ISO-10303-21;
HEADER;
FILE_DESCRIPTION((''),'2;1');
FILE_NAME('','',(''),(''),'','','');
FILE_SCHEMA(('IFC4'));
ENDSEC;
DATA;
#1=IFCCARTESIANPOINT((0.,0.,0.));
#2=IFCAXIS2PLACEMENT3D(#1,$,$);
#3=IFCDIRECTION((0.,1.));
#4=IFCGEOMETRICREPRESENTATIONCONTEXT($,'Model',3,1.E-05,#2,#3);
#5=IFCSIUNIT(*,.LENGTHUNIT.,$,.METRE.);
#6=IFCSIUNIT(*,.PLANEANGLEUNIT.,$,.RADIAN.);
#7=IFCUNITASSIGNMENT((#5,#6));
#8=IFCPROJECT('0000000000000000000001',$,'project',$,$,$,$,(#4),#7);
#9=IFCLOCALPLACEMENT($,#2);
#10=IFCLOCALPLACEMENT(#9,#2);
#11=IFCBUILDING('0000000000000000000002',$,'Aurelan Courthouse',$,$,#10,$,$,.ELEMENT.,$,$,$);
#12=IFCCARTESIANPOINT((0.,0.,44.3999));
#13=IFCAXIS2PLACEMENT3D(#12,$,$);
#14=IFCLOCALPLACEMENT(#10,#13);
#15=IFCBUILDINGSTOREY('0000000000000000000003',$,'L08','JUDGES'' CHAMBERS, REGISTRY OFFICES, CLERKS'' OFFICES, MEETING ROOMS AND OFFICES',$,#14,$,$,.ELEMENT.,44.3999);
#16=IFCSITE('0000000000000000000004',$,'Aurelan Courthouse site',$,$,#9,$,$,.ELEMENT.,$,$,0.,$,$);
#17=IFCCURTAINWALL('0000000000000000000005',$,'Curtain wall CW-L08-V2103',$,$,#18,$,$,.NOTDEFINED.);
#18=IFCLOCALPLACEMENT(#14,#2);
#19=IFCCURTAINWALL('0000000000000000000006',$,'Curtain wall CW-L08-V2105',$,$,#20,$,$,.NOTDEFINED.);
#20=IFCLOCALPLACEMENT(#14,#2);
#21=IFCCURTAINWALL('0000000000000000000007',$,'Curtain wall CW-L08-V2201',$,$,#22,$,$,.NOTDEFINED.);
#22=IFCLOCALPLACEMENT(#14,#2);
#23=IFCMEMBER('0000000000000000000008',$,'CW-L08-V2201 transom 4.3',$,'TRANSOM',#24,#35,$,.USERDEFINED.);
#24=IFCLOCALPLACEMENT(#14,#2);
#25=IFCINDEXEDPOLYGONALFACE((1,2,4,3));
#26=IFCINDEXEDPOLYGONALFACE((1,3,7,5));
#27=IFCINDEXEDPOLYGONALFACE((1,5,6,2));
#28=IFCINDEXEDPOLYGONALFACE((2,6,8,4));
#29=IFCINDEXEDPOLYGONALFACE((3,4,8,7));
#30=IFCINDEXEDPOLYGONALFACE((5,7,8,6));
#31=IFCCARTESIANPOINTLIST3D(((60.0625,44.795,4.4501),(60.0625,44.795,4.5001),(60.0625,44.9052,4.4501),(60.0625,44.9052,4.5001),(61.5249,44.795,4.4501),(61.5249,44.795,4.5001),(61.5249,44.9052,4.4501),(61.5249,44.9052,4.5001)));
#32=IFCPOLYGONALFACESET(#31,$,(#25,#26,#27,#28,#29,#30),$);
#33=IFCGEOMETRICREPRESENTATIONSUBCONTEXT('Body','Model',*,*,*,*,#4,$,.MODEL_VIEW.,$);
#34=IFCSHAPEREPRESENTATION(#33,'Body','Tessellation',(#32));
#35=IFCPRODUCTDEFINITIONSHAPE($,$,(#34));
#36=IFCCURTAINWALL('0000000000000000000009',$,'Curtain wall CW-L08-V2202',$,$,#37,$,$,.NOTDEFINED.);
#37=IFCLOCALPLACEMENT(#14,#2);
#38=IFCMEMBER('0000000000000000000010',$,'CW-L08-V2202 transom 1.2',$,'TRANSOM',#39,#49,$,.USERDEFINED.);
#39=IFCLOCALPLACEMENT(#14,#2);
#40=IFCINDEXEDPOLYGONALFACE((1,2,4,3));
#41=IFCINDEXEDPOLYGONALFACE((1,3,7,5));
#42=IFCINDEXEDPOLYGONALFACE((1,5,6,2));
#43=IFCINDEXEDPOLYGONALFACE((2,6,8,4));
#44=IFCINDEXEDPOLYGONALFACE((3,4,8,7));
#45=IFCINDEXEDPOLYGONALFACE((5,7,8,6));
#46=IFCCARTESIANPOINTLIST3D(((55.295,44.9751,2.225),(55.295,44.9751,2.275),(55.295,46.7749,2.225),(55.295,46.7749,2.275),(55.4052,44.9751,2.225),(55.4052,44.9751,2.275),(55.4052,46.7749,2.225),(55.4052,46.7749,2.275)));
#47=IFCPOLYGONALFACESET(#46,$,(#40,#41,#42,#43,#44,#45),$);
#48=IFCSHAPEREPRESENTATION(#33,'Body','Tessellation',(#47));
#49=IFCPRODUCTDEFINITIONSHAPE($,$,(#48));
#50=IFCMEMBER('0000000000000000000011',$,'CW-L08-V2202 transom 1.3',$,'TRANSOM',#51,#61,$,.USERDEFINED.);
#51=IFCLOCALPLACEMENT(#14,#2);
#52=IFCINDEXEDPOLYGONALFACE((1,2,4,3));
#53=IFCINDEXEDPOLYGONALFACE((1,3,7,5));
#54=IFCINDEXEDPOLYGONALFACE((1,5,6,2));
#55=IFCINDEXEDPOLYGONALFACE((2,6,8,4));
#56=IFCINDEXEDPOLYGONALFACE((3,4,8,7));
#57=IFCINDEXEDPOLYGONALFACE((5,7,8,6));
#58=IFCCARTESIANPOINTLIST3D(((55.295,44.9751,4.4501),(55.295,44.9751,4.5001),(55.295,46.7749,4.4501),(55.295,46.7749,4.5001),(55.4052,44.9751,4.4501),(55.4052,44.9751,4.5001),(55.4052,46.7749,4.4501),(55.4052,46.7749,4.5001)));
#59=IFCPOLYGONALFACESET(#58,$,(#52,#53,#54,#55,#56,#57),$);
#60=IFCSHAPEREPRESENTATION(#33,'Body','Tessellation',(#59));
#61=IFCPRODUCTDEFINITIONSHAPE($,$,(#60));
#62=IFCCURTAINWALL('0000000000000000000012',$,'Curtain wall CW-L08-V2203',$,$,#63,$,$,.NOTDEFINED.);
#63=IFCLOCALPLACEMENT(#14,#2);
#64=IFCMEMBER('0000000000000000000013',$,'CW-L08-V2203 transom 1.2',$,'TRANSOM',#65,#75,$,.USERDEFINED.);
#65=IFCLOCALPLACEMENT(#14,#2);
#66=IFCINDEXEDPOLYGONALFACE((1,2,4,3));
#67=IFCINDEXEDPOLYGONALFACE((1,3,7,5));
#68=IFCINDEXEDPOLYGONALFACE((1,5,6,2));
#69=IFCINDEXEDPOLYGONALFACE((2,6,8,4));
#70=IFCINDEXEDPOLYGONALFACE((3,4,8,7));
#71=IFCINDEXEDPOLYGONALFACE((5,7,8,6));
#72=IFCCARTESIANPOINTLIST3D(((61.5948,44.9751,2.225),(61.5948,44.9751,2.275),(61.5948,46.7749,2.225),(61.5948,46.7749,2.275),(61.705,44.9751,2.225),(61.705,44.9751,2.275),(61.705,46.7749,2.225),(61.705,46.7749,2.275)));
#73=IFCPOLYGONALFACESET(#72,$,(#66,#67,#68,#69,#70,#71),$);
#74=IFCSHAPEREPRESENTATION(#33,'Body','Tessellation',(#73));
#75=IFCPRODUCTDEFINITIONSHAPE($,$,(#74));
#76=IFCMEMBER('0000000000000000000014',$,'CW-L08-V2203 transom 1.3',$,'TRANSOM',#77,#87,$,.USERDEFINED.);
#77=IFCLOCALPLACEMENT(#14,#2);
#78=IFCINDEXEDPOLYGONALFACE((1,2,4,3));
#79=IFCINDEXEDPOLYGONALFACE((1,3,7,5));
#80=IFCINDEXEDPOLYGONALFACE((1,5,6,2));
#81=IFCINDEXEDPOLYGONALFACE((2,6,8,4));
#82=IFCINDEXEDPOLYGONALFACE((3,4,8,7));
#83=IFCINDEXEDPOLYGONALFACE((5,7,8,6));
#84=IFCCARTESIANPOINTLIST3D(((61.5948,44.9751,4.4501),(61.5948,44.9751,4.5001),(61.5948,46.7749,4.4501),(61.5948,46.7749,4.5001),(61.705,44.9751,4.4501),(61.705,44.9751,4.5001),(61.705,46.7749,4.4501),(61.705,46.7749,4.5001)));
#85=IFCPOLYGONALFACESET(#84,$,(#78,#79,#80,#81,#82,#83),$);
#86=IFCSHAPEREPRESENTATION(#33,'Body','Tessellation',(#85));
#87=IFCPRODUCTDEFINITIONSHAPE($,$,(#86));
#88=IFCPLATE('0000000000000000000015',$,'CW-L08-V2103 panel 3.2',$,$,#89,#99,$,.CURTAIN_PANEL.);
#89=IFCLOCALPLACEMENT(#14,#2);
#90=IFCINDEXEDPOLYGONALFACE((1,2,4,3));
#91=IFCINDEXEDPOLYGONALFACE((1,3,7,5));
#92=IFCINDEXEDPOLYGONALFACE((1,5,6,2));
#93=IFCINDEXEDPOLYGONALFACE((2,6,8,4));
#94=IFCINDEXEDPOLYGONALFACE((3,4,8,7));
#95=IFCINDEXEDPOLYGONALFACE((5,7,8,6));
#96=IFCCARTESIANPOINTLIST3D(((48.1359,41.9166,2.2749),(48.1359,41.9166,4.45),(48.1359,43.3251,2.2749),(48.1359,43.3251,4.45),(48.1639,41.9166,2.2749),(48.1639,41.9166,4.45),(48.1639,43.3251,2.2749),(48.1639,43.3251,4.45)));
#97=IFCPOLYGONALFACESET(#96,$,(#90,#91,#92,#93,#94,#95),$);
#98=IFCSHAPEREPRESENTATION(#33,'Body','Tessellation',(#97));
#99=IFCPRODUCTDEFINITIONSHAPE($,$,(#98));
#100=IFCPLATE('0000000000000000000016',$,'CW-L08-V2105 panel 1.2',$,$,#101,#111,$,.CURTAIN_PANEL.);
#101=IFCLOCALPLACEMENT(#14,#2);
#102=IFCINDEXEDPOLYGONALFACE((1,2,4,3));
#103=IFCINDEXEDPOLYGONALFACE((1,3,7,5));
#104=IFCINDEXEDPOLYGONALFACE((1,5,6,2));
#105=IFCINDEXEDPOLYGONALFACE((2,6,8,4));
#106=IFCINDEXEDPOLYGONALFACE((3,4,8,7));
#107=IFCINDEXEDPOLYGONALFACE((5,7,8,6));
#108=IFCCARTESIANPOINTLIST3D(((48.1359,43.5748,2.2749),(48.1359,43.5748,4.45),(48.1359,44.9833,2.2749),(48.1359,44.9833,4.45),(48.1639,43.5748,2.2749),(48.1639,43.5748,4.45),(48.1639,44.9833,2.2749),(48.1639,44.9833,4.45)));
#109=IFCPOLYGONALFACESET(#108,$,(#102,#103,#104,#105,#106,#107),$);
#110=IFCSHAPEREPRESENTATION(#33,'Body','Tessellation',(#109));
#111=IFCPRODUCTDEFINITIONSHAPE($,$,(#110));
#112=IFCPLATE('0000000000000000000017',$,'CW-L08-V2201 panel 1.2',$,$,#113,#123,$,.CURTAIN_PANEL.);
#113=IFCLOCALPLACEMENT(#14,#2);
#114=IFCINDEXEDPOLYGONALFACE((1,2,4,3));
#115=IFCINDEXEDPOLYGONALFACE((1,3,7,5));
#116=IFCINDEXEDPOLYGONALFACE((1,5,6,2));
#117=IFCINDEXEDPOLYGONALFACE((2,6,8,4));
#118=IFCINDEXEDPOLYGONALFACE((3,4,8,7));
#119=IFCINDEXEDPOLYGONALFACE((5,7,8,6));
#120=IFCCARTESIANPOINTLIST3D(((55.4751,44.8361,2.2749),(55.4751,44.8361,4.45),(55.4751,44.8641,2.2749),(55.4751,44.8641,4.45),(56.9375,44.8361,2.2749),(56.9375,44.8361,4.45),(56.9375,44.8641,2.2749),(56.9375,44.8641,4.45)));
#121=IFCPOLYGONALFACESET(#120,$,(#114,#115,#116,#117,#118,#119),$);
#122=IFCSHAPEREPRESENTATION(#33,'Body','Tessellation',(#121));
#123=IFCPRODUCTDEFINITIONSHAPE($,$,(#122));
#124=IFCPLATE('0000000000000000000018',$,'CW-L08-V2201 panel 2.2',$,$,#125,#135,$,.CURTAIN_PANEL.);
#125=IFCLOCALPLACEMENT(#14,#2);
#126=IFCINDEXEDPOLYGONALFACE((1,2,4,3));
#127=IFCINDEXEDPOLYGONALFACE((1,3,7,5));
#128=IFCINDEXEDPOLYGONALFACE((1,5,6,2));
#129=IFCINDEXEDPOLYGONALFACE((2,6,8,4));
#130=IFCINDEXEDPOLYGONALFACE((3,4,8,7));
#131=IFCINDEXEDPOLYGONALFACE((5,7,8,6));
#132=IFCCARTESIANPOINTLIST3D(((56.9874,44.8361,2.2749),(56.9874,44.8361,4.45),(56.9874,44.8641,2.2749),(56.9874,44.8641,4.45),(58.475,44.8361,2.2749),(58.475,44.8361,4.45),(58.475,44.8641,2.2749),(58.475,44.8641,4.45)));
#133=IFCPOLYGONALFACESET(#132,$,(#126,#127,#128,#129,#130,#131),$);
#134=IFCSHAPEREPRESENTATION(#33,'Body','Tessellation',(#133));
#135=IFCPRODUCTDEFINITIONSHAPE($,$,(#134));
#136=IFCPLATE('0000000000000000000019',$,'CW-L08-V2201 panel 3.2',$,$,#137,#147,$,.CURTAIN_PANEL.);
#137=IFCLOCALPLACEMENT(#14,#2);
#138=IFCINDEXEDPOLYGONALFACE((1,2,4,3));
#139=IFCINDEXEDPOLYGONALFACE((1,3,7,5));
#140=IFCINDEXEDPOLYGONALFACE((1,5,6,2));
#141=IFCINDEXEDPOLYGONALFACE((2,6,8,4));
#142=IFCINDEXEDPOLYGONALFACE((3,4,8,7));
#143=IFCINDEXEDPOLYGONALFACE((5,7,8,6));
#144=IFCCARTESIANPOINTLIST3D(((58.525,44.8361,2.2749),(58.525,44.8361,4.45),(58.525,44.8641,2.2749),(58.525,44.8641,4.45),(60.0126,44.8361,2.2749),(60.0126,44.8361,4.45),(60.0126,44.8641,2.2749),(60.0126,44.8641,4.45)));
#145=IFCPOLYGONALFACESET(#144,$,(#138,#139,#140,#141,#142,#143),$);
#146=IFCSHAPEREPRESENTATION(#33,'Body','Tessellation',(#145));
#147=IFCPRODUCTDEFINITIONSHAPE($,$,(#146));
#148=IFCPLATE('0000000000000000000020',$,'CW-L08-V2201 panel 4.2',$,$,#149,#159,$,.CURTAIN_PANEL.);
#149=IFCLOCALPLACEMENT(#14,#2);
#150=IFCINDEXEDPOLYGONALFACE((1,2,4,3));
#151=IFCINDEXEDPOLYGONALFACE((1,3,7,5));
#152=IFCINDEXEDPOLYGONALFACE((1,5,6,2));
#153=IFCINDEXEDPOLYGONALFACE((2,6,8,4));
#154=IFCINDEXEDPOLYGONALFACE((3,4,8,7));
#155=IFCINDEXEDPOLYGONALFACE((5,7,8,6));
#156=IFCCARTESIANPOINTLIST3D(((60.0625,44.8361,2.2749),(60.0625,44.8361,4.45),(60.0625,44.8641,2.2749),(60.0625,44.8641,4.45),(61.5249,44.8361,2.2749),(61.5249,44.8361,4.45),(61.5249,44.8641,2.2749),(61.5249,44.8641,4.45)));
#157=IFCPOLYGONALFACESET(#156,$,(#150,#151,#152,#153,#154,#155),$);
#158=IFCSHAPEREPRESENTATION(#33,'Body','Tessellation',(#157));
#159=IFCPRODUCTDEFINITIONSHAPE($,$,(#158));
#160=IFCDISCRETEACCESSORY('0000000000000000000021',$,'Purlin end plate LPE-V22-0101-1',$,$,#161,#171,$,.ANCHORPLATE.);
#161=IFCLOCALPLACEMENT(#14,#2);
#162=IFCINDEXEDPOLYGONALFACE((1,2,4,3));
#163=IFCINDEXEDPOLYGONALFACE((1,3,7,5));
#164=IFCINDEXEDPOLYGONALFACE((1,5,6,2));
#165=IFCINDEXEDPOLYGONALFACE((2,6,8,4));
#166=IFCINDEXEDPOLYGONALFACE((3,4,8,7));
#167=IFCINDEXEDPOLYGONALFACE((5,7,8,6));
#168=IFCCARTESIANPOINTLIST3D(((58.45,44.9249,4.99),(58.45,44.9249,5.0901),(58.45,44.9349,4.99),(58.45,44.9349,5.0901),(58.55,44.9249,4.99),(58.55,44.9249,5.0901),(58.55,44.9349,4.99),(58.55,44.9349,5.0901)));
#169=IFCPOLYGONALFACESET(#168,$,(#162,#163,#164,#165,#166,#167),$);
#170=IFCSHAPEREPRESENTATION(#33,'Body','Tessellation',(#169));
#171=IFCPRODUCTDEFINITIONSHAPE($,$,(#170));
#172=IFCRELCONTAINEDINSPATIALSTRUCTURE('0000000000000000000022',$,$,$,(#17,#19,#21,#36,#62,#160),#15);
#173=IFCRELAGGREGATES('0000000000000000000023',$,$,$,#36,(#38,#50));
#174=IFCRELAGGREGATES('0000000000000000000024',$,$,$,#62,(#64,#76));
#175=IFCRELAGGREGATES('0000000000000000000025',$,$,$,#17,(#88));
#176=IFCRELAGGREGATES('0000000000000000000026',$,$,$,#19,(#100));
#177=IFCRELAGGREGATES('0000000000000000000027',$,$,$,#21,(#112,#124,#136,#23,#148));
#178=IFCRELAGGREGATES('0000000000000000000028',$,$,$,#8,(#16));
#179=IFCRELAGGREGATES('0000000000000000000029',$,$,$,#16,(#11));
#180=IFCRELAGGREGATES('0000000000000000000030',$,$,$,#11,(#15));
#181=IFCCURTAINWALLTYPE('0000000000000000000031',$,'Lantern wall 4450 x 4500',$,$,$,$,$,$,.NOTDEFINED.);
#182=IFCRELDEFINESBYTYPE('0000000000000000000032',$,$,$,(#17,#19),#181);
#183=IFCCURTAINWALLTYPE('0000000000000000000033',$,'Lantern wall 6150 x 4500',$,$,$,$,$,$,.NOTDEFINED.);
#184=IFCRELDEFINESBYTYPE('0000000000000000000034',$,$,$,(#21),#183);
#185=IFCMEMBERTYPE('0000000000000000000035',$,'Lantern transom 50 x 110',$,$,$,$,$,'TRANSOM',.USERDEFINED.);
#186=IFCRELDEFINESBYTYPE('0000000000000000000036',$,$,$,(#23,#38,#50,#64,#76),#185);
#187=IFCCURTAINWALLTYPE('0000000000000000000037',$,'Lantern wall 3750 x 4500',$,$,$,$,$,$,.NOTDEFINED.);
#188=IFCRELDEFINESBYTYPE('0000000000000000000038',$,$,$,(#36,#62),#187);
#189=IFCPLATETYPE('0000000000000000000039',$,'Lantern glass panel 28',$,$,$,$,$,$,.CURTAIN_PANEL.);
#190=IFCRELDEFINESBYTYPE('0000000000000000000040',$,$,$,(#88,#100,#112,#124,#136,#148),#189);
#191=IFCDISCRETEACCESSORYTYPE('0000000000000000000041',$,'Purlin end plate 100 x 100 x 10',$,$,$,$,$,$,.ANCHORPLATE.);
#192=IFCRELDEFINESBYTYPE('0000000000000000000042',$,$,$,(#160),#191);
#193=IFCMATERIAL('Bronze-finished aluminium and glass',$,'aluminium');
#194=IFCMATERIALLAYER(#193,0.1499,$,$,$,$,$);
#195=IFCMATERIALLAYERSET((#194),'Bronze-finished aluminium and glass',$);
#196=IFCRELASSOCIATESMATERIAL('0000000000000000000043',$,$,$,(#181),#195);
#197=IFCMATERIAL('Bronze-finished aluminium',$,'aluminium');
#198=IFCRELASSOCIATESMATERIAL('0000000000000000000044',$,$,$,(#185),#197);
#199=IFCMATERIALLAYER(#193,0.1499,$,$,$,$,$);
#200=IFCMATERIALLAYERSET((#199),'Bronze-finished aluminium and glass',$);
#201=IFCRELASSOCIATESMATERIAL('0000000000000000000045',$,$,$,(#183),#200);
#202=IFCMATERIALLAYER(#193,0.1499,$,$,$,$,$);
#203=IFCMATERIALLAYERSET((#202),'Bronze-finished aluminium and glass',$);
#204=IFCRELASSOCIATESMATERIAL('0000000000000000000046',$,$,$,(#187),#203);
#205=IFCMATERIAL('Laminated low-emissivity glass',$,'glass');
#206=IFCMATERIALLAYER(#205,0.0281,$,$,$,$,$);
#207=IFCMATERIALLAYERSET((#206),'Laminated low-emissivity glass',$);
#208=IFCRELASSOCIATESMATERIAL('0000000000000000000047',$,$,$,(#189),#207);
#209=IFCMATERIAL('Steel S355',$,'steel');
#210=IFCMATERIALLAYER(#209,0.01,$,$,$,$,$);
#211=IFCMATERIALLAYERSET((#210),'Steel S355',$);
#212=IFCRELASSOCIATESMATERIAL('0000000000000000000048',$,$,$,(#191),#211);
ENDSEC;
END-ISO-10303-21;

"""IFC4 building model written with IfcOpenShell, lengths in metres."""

from ifc_helpers import new_model, si_unit, direction, frame, origin, origin_2d, place, context, subcontext, project, spatial, rectangle, extrude, material, layer, layer_set, material_profile, profile_set, type_object, element, aggregate, save


model = new_model("IFC4")

# Units and contexts
model_context = context("Model", 3, precision=1e-05, world=origin(), true_north=direction((0.0, 1.0)))
body_context = subcontext(model_context, "Body", "Model", "MODEL_VIEW")
ifc_project = project(units=[si_unit("LENGTHUNIT", "METRE"), si_unit("PLANEANGLEUNIT", "RADIAN")], contexts=[model_context])

# Site, building, storey
site_placement = place(None, origin())
site = spatial("IfcSite", under=ifc_project, at=site_placement, Name="Aurelan Courthouse site", CompositionType="ELEMENT", RefElevation=0.0)
building_placement = place(site_placement, origin())
building = spatial("IfcBuilding", under=site, at=building_placement, Name="Aurelan Courthouse", CompositionType="ELEMENT")
storey_placement = place(building_placement, frame((0.0, 0.0, 44.3999)))
storey = spatial("IfcBuildingStorey", under=building, at=storey_placement, Name="L08", Description="JUDGES' CHAMBERS, REGISTRY OFFICES, CLERKS' OFFICES, MEETING ROOMS AND OFFICES", CompositionType="ELEMENT", Elevation=44.3999)

# Shared definitions
ifc_material_1 = material(Name="Steel S355", Category="steel")

# Curtain walls, members
ifc_material_2 = material(Name="Bronze-finished aluminium and glass", Category="aluminium")
ifc_layer_1 = layer(ifc_material_2, 0.1499)
ifc_layer_set_1 = layer_set([ifc_layer_1], Name="Bronze-finished aluminium and glass")
curtain_wall_type_1 = type_object("IfcCurtainWallType", Name="Lantern wall 4450 x 4500", PredefinedType="NOTDEFINED", material=ifc_layer_set_1)
curtain_wall_1_placement = place(storey_placement, origin())
curtain_wall_1 = element("IfcCurtainWall", 1, at=curtain_wall_1_placement, inside=storey, type_object=curtain_wall_type_1, Name="Curtain wall CW-L08-V2103", PredefinedType="NOTDEFINED")
ifc_material_3 = material(Name="Bronze-finished aluminium", Category="aluminium")
ifc_material_profile_1 = material_profile(ifc_material_3, rectangle(XDim=0.1101, YDim=0.05, at=origin_2d()), Name="Lantern transom 50 x 110")
ifc_profile_set_1 = profile_set([ifc_material_profile_1], Name="Bronze-finished aluminium")
member_type_1 = type_object("IfcMemberType", Name="Lantern transom 50 x 110", ElementType="TRANSOM", PredefinedType="USERDEFINED", material=ifc_profile_set_1)
curtain_wall_2_placement = place(storey_placement, origin())
curtain_wall_2 = element("IfcCurtainWall", 2, at=curtain_wall_2_placement, inside=storey, type_object=curtain_wall_type_1, Name="Curtain wall CW-L08-V2105", PredefinedType="NOTDEFINED")
ifc_layer_2 = layer(ifc_material_2, 0.1499)
ifc_layer_set_2 = layer_set([ifc_layer_2], Name="Bronze-finished aluminium and glass")
curtain_wall_type_2 = type_object("IfcCurtainWallType", Name="Lantern wall 6150 x 4500", PredefinedType="NOTDEFINED", material=ifc_layer_set_2)
curtain_wall_3_placement = place(storey_placement, origin())
curtain_wall_3 = element("IfcCurtainWall", 3, at=curtain_wall_3_placement, inside=storey, type_object=curtain_wall_type_2, Name="Curtain wall CW-L08-V2201", PredefinedType="NOTDEFINED")
member_1_placement = place(storey_placement, frame((60.0625, 44.8501, 4.4751), z_axis=(1.0, 0.0, 0.0), x_axis=(0.0, 1.0, 0.0)))
member_1 = element("IfcMember", 4, at=member_1_placement, type_object=member_type_1, Name="CW-L08-V2201 transom 4.3", ObjectType="TRANSOM", PredefinedType="USERDEFINED", context=body_context, shape_type="SweptSolid", body=[
    extrude(rectangle(XDim=0.1101, YDim=0.05, at=origin_2d()), origin(), (0.0, 0.0, 1.0), 1.4624),
])
ifc_layer_3 = layer(ifc_material_2, 0.1499)
ifc_layer_set_3 = layer_set([ifc_layer_3], Name="Bronze-finished aluminium and glass")
curtain_wall_type_3 = type_object("IfcCurtainWallType", Name="Lantern wall 3750 x 4500", PredefinedType="NOTDEFINED", material=ifc_layer_set_3)
curtain_wall_4_placement = place(storey_placement, origin())
curtain_wall_4 = element("IfcCurtainWall", 5, at=curtain_wall_4_placement, inside=storey, type_object=curtain_wall_type_3, Name="Curtain wall CW-L08-V2202", PredefinedType="NOTDEFINED")
member_2_placement = place(storey_placement, frame((55.3501, 44.9751, 2.25), z_axis=(0.0, 1.0, 0.0), x_axis=(-1.0, 0.0, 0.0)))
member_2 = element("IfcMember", 6, at=member_2_placement, type_object=member_type_1, Name="CW-L08-V2202 transom 1.2", ObjectType="TRANSOM", PredefinedType="USERDEFINED", context=body_context, shape_type="SweptSolid", body=[
    extrude(rectangle(XDim=0.1101, YDim=0.05, at=origin_2d()), origin(), (0.0, 0.0, 1.0), 1.7998),
])
member_3_placement = place(storey_placement, frame((55.3501, 44.9751, 4.4751), z_axis=(0.0, 1.0, 0.0), x_axis=(-1.0, 0.0, 0.0)))
member_3 = element("IfcMember", 7, at=member_3_placement, type_object=member_type_1, Name="CW-L08-V2202 transom 1.3", ObjectType="TRANSOM", PredefinedType="USERDEFINED", context=body_context, shape_type="SweptSolid", body=[
    extrude(rectangle(XDim=0.1101, YDim=0.05, at=origin_2d()), origin(), (0.0, 0.0, 1.0), 1.7998),
])
aggregate(curtain_wall_4, [member_2, member_3])
curtain_wall_5_placement = place(storey_placement, origin())
curtain_wall_5 = element("IfcCurtainWall", 8, at=curtain_wall_5_placement, inside=storey, type_object=curtain_wall_type_3, Name="Curtain wall CW-L08-V2203", PredefinedType="NOTDEFINED")
member_4_placement = place(storey_placement, frame((61.6499, 44.9751, 2.25), z_axis=(0.0, 1.0, 0.0), x_axis=(-1.0, 0.0, 0.0)))
member_4 = element("IfcMember", 9, at=member_4_placement, type_object=member_type_1, Name="CW-L08-V2203 transom 1.2", ObjectType="TRANSOM", PredefinedType="USERDEFINED", context=body_context, shape_type="SweptSolid", body=[
    extrude(rectangle(XDim=0.1101, YDim=0.05, at=origin_2d()), origin(), (0.0, 0.0, 1.0), 1.7998),
])
member_5_placement = place(storey_placement, frame((61.6499, 44.9751, 4.4751), z_axis=(0.0, 1.0, 0.0), x_axis=(-1.0, 0.0, 0.0)))
member_5 = element("IfcMember", 10, at=member_5_placement, type_object=member_type_1, Name="CW-L08-V2203 transom 1.3", ObjectType="TRANSOM", PredefinedType="USERDEFINED", context=body_context, shape_type="SweptSolid", body=[
    extrude(rectangle(XDim=0.1101, YDim=0.05, at=origin_2d()), origin(), (0.0, 0.0, 1.0), 1.7998),
])
aggregate(curtain_wall_5, [member_4, member_5])

# Plates
ifc_material_4 = material(Name="Laminated low-emissivity glass", Category="glass")
ifc_layer_4 = layer(ifc_material_4, 0.0281)
ifc_layer_set_4 = layer_set([ifc_layer_4], Name="Laminated low-emissivity glass")
plate_type = type_object("IfcPlateType", Name="Lantern glass panel 28", PredefinedType="CURTAIN_PANEL", material=ifc_layer_set_4)
plate_1_placement = place(storey_placement, frame((48.1499, 42.6208, 2.2749), z_axis=(0.0, 0.0, 1.0), x_axis=(0.0, 1.0, 0.0)))
plate_1 = element("IfcPlate", 11, at=plate_1_placement, type_object=plate_type, Name="CW-L08-V2103 panel 3.2", PredefinedType="CURTAIN_PANEL", context=body_context, shape_type="SweptSolid", body=[
    extrude(rectangle(XDim=1.4084, YDim=0.0281, at=origin_2d()), origin(), (0.0, 0.0, 1.0), 2.175),
])
aggregate(curtain_wall_1, [plate_1])
plate_2_placement = place(storey_placement, frame((48.1499, 44.2791, 2.2749), z_axis=(0.0, 0.0, 1.0), x_axis=(0.0, 1.0, 0.0)))
plate_2 = element("IfcPlate", 12, at=plate_2_placement, type_object=plate_type, Name="CW-L08-V2105 panel 1.2", PredefinedType="CURTAIN_PANEL", context=body_context, shape_type="SweptSolid", body=[
    extrude(rectangle(XDim=1.4084, YDim=0.0281, at=origin_2d()), origin(), (0.0, 0.0, 1.0), 2.175),
])
aggregate(curtain_wall_2, [plate_2])
plate_3_placement = place(storey_placement, frame((56.2063, 44.8501, 2.2749), z_axis=(0.0, 0.0, 1.0), x_axis=(1.0, 0.0, 0.0)))
plate_3 = element("IfcPlate", 13, at=plate_3_placement, type_object=plate_type, Name="CW-L08-V2201 panel 1.2", PredefinedType="CURTAIN_PANEL", context=body_context, shape_type="SweptSolid", body=[
    extrude(rectangle(XDim=1.4624, YDim=0.0281, at=origin_2d()), origin(), (0.0, 0.0, 1.0), 2.175),
])
plate_4_placement = place(storey_placement, frame((57.7312, 44.8501, 2.2749), z_axis=(0.0, 0.0, 1.0), x_axis=(1.0, 0.0, 0.0)))
plate_4 = element("IfcPlate", 14, at=plate_4_placement, type_object=plate_type, Name="CW-L08-V2201 panel 2.2", PredefinedType="CURTAIN_PANEL", context=body_context, shape_type="SweptSolid", body=[
    extrude(rectangle(XDim=1.4875, YDim=0.0281, at=origin_2d()), origin(), (0.0, 0.0, 1.0), 2.175),
])
plate_5_placement = place(storey_placement, frame((59.2688, 44.8501, 2.2749), z_axis=(0.0, 0.0, 1.0), x_axis=(1.0, 0.0, 0.0)))
plate_5 = element("IfcPlate", 15, at=plate_5_placement, type_object=plate_type, Name="CW-L08-V2201 panel 3.2", PredefinedType="CURTAIN_PANEL", context=body_context, shape_type="SweptSolid", body=[
    extrude(rectangle(XDim=1.4875, YDim=0.0281, at=origin_2d()), origin(), (0.0, 0.0, 1.0), 2.175),
])
plate_6_placement = place(storey_placement, frame((60.7937, 44.8501, 2.2749), z_axis=(0.0, 0.0, 1.0), x_axis=(1.0, 0.0, 0.0)))
plate_6 = element("IfcPlate", 16, at=plate_6_placement, type_object=plate_type, Name="CW-L08-V2201 panel 4.2", PredefinedType="CURTAIN_PANEL", context=body_context, shape_type="SweptSolid", body=[
    extrude(rectangle(XDim=1.4624, YDim=0.0281, at=origin_2d()), origin(), (0.0, 0.0, 1.0), 2.175),
])
aggregate(curtain_wall_3, [plate_3, plate_4, plate_5, member_1, plate_6])

# Discrete accessory
ifc_layer_5 = layer(ifc_material_1, 0.01)
ifc_layer_set_5 = layer_set([ifc_layer_5], Name="Steel S355")
discrete_accessory_type = type_object("IfcDiscreteAccessoryType", Name="Purlin end plate 100 x 100 x 10", PredefinedType="ANCHORPLATE", material=ifc_layer_set_5)
discrete_accessory_placement = place(storey_placement, frame((58.5, 44.9299, 4.99), z_axis=(0.0, 0.0, 1.0), x_axis=(1.0, 0.0, 0.0)))
element("IfcDiscreteAccessory", 17, at=discrete_accessory_placement, inside=storey, type_object=discrete_accessory_type, Name="Purlin end plate LPE-V22-0101-1", PredefinedType="ANCHORPLATE", context=body_context, shape_type="SweptSolid", body=[
    extrude(rectangle(XDim=0.1001, YDim=0.01, at=origin_2d()), origin(), (0.0, 0.0, 1.0), 0.1001),
])

save(model, "model.ifc")
